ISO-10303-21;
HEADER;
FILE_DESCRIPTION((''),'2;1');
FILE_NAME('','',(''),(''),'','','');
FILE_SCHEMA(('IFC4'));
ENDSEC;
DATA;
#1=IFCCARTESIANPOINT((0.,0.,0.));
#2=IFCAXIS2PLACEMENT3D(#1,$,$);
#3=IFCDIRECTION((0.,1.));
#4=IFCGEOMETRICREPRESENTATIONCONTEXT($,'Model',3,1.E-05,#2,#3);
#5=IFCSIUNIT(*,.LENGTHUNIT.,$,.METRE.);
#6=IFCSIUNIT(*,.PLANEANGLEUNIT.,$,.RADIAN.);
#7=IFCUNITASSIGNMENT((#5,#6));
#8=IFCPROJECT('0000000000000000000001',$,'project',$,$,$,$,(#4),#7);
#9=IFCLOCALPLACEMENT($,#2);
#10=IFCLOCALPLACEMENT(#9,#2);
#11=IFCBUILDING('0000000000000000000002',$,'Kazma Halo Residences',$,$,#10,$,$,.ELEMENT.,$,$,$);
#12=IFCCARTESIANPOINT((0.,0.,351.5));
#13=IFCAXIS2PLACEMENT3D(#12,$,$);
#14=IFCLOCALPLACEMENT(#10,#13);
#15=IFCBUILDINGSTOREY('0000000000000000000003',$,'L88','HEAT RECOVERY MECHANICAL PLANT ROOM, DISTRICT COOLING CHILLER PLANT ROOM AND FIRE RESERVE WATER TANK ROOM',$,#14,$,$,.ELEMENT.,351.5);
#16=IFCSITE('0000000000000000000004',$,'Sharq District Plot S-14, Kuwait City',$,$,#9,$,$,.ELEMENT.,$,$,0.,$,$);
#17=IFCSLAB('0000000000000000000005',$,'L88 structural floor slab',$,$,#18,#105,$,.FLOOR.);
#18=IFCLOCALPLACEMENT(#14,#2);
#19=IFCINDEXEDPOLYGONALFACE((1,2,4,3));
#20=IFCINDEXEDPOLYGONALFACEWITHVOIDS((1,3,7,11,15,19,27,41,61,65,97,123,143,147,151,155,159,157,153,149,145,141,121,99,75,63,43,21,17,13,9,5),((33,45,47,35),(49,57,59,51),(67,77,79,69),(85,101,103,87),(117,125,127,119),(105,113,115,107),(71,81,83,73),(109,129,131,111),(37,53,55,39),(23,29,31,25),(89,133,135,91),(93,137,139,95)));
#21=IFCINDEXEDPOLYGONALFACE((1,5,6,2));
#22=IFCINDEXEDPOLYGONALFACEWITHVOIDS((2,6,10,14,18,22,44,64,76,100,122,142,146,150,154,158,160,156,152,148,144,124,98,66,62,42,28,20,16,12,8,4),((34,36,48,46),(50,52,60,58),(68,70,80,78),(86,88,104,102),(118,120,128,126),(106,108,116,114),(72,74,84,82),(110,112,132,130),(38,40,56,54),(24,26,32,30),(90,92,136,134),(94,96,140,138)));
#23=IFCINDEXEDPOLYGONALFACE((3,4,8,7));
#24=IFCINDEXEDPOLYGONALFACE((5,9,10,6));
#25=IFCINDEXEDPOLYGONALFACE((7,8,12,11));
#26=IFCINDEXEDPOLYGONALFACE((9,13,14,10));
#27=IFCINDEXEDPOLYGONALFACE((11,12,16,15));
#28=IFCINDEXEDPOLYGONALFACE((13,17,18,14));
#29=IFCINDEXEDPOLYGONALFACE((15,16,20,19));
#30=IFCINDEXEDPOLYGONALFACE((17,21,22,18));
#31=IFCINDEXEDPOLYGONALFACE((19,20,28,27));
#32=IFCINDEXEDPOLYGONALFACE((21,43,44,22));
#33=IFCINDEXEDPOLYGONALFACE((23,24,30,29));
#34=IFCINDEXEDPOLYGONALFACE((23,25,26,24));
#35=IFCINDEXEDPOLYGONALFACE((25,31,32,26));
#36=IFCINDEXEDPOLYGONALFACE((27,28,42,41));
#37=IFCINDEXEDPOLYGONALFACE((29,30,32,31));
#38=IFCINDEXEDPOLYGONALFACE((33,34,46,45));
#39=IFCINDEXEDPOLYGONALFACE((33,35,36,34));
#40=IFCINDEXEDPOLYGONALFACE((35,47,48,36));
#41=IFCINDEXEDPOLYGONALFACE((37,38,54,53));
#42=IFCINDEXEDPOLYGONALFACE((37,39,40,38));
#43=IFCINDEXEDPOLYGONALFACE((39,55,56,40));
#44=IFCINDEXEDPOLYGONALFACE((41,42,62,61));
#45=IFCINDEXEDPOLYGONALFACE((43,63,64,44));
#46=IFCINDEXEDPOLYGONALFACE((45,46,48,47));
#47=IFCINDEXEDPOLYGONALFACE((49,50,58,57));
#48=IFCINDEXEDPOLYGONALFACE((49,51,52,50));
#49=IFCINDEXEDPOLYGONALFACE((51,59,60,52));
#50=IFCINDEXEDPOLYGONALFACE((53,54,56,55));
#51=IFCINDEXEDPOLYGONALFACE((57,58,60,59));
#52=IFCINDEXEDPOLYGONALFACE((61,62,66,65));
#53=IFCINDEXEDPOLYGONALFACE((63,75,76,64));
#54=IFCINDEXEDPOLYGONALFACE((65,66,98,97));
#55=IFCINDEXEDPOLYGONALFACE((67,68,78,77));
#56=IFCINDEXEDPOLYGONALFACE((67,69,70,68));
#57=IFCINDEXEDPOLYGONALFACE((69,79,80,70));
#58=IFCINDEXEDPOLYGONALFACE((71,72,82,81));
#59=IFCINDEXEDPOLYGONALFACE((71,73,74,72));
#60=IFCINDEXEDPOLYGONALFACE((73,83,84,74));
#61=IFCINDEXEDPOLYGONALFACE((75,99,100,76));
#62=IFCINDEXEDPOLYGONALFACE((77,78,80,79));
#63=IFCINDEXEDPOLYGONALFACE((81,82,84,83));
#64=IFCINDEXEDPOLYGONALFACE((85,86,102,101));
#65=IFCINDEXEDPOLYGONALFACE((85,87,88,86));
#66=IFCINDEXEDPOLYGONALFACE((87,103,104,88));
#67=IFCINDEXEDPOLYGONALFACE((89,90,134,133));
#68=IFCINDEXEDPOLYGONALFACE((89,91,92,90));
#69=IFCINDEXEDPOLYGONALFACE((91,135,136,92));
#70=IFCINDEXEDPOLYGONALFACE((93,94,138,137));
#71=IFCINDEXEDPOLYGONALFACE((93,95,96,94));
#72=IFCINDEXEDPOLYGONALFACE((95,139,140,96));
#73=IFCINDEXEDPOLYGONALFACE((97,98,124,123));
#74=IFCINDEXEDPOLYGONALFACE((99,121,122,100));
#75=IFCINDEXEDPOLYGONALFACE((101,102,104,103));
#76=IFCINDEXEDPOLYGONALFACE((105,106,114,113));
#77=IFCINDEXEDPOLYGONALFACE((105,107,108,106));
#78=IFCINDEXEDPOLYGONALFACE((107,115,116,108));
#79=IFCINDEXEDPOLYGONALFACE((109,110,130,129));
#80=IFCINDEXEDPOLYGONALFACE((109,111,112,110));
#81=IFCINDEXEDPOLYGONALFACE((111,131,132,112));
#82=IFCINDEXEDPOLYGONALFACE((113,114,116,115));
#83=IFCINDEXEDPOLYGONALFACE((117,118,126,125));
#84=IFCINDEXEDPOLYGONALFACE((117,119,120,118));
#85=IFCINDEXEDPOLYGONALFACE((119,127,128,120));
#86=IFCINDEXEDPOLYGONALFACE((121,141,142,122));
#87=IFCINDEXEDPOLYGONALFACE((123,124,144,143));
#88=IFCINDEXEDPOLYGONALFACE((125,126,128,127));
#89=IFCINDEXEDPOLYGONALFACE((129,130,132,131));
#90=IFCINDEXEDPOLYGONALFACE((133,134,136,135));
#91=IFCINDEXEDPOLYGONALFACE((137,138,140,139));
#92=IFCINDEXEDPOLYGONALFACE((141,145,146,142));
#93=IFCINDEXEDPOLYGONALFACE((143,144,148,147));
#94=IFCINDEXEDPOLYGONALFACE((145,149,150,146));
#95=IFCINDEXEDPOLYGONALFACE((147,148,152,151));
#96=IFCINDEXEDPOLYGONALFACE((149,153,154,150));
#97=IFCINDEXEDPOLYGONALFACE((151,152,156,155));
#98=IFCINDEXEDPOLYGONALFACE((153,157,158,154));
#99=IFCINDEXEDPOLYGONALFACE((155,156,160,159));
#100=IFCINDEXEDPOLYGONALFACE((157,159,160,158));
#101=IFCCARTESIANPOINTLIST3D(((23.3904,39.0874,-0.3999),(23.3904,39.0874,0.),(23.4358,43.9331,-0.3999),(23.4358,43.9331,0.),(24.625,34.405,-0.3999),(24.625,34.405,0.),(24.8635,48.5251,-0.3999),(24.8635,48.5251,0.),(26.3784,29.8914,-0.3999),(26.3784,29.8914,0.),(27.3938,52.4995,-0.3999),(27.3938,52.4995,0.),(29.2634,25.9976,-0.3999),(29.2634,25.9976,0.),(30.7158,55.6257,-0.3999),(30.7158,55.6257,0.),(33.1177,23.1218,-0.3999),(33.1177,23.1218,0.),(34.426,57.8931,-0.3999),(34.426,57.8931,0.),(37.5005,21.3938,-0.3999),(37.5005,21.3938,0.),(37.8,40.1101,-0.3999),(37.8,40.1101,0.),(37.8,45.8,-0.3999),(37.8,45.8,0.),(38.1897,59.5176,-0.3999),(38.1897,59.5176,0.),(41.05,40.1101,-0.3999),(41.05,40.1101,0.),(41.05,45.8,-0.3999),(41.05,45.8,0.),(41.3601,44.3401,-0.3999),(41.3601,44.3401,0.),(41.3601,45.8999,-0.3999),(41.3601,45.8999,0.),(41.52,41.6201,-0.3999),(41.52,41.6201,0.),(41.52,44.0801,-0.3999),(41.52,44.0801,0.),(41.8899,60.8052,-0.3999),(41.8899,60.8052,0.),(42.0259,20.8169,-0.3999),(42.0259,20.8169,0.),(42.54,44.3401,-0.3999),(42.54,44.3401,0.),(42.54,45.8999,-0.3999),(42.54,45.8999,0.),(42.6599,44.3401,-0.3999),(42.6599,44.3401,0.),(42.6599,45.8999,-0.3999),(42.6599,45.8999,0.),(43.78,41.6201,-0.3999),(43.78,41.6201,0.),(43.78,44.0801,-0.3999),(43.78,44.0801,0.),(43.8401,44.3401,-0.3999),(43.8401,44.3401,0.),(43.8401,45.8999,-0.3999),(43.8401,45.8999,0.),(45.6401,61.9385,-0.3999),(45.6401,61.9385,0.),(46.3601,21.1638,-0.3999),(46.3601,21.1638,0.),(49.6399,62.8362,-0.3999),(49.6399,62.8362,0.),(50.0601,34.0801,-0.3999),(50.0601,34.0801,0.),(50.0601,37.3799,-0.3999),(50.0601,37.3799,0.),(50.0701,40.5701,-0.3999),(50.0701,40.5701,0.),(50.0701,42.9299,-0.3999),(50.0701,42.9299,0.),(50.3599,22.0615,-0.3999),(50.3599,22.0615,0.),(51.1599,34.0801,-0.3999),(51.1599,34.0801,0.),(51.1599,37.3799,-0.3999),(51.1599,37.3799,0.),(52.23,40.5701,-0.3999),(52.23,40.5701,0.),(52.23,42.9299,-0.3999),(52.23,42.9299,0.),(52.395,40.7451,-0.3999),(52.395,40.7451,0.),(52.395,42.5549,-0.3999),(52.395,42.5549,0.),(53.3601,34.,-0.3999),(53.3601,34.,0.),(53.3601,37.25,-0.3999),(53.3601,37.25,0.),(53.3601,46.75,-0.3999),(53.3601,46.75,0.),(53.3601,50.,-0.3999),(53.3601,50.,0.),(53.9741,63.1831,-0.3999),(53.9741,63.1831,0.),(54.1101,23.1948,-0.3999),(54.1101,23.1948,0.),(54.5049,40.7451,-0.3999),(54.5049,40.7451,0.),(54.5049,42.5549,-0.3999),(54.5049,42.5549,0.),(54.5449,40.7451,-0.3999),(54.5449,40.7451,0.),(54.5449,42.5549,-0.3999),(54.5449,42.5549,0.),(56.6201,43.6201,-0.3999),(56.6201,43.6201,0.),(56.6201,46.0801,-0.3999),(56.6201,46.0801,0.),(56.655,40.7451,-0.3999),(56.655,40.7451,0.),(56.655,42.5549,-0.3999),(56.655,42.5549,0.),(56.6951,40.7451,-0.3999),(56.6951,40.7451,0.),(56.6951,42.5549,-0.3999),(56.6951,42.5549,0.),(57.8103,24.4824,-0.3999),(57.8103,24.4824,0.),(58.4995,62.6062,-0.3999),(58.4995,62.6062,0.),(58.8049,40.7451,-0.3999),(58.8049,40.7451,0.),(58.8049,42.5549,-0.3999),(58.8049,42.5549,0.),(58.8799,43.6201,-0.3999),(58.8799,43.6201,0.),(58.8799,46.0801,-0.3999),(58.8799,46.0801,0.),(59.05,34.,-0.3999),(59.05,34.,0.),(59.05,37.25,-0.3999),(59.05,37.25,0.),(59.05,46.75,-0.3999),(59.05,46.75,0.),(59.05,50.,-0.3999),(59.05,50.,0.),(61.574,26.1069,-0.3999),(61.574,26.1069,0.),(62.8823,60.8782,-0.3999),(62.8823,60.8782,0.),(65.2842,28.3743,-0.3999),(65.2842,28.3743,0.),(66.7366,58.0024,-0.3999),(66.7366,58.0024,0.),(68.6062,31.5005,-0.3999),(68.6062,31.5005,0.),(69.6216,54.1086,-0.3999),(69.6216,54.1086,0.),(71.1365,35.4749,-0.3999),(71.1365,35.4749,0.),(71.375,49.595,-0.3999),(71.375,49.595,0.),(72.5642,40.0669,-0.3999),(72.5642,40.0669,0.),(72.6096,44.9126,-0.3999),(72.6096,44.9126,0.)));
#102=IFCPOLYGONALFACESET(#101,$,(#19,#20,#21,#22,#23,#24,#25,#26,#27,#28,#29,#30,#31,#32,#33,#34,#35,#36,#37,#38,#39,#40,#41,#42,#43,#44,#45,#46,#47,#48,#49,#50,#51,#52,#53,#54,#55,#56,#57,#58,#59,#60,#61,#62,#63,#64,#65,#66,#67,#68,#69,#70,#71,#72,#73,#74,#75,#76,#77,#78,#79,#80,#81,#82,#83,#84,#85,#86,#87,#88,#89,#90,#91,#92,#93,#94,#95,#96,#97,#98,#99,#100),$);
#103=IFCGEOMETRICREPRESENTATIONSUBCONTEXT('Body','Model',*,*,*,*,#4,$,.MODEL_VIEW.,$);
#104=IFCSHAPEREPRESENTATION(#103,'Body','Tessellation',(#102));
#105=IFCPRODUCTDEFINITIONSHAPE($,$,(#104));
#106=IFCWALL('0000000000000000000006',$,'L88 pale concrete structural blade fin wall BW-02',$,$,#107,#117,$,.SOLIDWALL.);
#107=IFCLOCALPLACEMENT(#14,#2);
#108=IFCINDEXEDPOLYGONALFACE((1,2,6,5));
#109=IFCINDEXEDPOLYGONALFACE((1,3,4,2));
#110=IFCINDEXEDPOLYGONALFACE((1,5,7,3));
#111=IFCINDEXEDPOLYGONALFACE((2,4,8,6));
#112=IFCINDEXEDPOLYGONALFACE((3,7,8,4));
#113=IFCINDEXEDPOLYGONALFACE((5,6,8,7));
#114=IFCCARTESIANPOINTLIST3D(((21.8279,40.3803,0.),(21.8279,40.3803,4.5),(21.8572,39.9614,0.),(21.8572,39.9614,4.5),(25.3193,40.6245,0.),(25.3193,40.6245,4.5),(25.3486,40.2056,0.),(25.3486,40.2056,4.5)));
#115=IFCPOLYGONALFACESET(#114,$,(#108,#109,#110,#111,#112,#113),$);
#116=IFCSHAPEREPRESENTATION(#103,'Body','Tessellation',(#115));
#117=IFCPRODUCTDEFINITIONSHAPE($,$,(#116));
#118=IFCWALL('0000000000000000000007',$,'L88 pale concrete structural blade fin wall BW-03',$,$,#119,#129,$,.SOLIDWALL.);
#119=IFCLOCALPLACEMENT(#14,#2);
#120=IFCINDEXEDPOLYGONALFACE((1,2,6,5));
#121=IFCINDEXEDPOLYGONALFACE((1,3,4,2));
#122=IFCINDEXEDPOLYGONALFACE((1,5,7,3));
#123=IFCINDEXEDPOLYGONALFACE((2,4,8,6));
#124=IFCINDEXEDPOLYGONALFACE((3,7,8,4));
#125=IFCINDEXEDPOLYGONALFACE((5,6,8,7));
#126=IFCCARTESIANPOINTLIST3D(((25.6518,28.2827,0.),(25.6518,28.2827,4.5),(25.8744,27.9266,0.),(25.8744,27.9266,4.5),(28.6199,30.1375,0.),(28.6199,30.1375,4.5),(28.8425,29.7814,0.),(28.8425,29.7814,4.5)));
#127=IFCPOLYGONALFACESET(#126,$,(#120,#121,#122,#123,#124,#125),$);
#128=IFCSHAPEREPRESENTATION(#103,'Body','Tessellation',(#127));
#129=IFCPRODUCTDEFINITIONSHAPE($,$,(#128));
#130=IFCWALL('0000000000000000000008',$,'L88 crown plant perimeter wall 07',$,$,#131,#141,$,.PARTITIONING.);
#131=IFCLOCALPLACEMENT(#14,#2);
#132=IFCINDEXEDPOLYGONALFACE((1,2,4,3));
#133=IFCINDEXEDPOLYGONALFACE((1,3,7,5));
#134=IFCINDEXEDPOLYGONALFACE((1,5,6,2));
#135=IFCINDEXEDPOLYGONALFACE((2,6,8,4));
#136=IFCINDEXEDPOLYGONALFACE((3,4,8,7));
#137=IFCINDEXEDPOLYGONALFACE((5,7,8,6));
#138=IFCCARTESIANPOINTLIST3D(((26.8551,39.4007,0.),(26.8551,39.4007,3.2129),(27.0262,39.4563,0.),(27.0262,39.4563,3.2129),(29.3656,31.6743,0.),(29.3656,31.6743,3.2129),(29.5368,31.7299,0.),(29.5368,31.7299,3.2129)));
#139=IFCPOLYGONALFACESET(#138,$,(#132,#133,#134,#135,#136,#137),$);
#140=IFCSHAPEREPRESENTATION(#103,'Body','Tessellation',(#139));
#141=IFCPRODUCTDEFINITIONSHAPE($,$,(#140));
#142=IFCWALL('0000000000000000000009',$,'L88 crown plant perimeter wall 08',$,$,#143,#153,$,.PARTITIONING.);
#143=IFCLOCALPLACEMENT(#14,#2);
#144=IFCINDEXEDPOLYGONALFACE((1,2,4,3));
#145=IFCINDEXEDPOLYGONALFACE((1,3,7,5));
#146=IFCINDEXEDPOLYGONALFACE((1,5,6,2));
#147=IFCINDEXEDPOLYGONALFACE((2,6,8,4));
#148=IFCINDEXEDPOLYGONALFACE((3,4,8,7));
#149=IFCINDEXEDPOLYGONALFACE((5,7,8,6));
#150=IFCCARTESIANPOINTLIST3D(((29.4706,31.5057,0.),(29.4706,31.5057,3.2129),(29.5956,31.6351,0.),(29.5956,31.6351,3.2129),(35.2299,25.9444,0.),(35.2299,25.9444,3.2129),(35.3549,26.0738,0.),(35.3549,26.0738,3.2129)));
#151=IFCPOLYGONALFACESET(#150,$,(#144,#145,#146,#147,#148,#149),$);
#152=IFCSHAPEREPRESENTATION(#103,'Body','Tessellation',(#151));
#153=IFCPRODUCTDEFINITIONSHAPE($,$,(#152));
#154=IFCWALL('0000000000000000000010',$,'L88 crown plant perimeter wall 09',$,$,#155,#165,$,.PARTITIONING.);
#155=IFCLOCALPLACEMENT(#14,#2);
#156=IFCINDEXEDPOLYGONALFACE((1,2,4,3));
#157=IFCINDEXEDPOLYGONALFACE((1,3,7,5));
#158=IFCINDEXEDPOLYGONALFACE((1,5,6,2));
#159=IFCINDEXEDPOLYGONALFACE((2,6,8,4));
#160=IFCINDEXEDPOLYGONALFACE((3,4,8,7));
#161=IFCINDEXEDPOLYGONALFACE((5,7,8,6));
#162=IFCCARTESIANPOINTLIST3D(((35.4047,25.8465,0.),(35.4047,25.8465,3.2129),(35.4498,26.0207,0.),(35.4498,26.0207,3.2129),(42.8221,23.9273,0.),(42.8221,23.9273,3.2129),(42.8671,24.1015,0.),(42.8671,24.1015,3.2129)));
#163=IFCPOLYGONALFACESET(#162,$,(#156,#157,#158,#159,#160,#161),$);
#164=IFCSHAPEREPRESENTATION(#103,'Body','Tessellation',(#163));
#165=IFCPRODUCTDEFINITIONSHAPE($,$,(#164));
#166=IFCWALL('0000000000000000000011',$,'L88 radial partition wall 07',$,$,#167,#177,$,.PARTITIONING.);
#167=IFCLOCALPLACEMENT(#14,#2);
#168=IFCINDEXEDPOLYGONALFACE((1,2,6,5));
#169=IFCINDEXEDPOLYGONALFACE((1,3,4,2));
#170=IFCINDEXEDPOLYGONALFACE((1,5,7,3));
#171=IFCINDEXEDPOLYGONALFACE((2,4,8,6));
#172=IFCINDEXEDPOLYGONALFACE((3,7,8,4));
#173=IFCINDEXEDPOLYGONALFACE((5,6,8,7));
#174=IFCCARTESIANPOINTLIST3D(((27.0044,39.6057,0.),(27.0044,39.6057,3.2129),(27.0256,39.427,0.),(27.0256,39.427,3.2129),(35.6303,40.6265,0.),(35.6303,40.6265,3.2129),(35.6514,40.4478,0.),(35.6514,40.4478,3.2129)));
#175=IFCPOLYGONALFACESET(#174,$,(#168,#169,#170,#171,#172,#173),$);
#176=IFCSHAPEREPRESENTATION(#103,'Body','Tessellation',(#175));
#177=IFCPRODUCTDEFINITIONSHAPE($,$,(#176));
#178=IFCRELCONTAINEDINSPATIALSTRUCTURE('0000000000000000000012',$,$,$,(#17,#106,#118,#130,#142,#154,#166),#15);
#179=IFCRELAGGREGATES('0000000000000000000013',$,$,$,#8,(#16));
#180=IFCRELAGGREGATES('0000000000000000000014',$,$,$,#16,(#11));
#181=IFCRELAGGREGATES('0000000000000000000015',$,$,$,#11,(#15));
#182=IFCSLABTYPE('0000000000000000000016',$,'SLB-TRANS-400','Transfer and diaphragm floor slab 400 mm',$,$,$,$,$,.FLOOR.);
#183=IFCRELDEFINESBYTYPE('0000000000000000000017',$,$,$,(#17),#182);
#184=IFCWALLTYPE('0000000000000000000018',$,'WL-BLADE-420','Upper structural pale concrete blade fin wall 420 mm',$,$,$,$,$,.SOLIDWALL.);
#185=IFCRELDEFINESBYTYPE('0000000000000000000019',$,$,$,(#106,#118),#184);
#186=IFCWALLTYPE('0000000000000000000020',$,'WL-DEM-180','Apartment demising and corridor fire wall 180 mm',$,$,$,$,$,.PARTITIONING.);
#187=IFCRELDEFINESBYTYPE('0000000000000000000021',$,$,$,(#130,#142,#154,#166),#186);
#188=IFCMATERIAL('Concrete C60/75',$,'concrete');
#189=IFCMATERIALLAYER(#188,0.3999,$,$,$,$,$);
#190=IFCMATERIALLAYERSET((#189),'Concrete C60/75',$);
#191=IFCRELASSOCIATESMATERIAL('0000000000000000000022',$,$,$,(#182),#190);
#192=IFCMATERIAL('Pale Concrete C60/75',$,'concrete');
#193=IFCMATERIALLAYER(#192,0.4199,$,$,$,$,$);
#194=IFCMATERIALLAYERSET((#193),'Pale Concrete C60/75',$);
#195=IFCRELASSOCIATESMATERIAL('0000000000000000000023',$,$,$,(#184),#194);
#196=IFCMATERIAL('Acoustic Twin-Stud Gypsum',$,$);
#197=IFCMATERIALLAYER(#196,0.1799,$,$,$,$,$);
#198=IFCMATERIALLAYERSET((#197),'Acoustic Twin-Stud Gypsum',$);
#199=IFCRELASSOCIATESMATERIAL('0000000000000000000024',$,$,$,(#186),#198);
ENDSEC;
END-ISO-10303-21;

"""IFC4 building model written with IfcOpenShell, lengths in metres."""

from ifc_helpers import new_model, si_unit, direction, frame, frame_2d, origin, place, context, subcontext, project, spatial, polyline, rectangle, outline, extrude, material, layer, layer_set, type_object, element, save


model = new_model("IFC4")

# Units and contexts
model_context = context("Model", 3, precision=1e-05, world=origin(), true_north=direction((0.0, 1.0)))
body_context = subcontext(model_context, "Body", "Model", "MODEL_VIEW")
ifc_project = project(units=[si_unit("LENGTHUNIT", "METRE"), si_unit("PLANEANGLEUNIT", "RADIAN")], contexts=[model_context])

# Site, building, storey
site_placement = place(None, origin())
site = spatial("IfcSite", under=ifc_project, at=site_placement, Name="Sharq District Plot S-14, Kuwait City", CompositionType="ELEMENT", RefElevation=0.0)
building_placement = place(site_placement, origin())
building = spatial("IfcBuilding", under=site, at=building_placement, Name="Kazma Halo Residences", CompositionType="ELEMENT")
storey_placement = place(building_placement, frame((0.0, 0.0, 351.5)))
storey = spatial("IfcBuildingStorey", under=building, at=storey_placement, Name="L88", Description="HEAT RECOVERY MECHANICAL PLANT ROOM, DISTRICT COOLING CHILLER PLANT ROOM AND FIRE RESERVE WATER TANK ROOM", CompositionType="ELEMENT", Elevation=351.5)

# Slab
ifc_material_1 = material(Name="Concrete C60/75", Category="concrete")
ifc_layer_1 = layer(ifc_material_1, 0.3999)
ifc_layer_set_1 = layer_set([ifc_layer_1], Name="Concrete C60/75")
slab_type_1 = type_object("IfcSlabType", Name="SLB-TRANS-400", Description="Transfer and diaphragm floor slab 400 mm", PredefinedType="FLOOR", material=ifc_layer_set_1)
slab_1_placement = place(storey_placement, frame((0.0, 0.0, -0.3999)))
element("IfcSlab", 1, at=slab_1_placement, inside=storey, type_object=slab_type_1, Name="L88 structural floor slab", PredefinedType="FLOOR", context=body_context, shape_type="SweptSolid", body=[
    extrude(outline(polyline([(71.375, 49.595), (69.6216, 54.1086), (66.7366, 58.0024), (62.8823, 60.8782), (58.4995, 62.6062), (53.9741, 63.1831), (49.6399, 62.8362), (45.6401, 61.9385), (41.8899, 60.8052), (38.1897, 59.5176), (34.426, 57.8931), (30.7158, 55.6257), (27.3938, 52.4995), (24.8635, 48.5251), (23.4358, 43.9331), (23.3904, 39.0874), (24.625, 34.405), (26.3784, 29.8914), (29.2634, 25.9976), (33.1177, 23.1218), (37.5005, 21.3938), (42.0259, 20.8169), (46.3601, 21.1638), (50.3599, 22.0615), (54.1101, 23.1948), (57.8103, 24.4824), (61.574, 26.1069), (65.2842, 28.3743), (68.6062, 31.5005), (71.1365, 35.4749), (72.5642, 40.0669), (72.6096, 44.9126), (71.375, 49.595)]), holes=[polyline([(37.8, 40.1101), (41.05, 40.1101), (41.05, 45.8), (37.8, 45.8), (37.8, 40.1101)]), polyline([(53.3601, 46.75), (59.05, 46.75), (59.05, 50.0), (53.3601, 50.0), (53.3601, 46.75)]), polyline([(53.3601, 34.0), (59.05, 34.0), (59.05, 37.25), (53.3601, 37.25), (53.3601, 34.0)]), polyline([(41.52, 41.6201), (43.78, 41.6201), (43.78, 44.0801), (41.52, 44.0801), (41.52, 41.6201)]), polyline([(56.6201, 43.6201), (58.8799, 43.6201), (58.8799, 46.0801), (56.6201, 46.0801), (56.6201, 43.6201)]), polyline([(52.395, 40.7451), (54.5049, 40.7451), (54.5049, 42.5549), (52.395, 42.5549), (52.395, 40.7451)]), polyline([(54.5449, 40.7451), (56.655, 40.7451), (56.655, 42.5549), (54.5449, 42.5549), (54.5449, 40.7451)]), polyline([(56.6951, 40.7451), (58.8049, 40.7451), (58.8049, 42.5549), (56.6951, 42.5549), (56.6951, 40.7451)]), polyline([(50.0701, 40.5701), (52.23, 40.5701), (52.23, 42.9299), (50.0701, 42.9299), (50.0701, 40.5701)]), polyline([(41.3601, 44.3401), (42.54, 44.3401), (42.54, 45.8999), (41.3601, 45.8999), (41.3601, 44.3401)]), polyline([(42.6599, 44.3401), (43.8401, 44.3401), (43.8401, 45.8999), (42.6599, 45.8999), (42.6599, 44.3401)]), polyline([(50.0601, 34.0801), (51.1599, 34.0801), (51.1599, 37.3799), (50.0601, 37.3799), (50.0601, 34.0801)])]), origin(), (0.0, 0.0, 1.0), 0.3999),
])

# Walls
ifc_material_2 = material(Name="Pale Concrete C60/75", Category="concrete")
ifc_layer_2 = layer(ifc_material_2, 0.4199)
ifc_layer_set_2 = layer_set([ifc_layer_2], Name="Pale Concrete C60/75")
wall_type_1 = type_object("IfcWallType", Name="WL-BLADE-420", Description="Upper structural pale concrete blade fin wall 420 mm", PredefinedType="SOLIDWALL", material=ifc_layer_set_2)
for number, where, z_axis, x_axis, name in (
    (2, (25.334, 40.415, 0.0), (0.0, 0.0, 1.0), (-0.997564, -0.069755, 0.0), "L88 pale concrete structural blade fin wall BW-02"),
    (3, (28.7312, 29.9595, 0.0), (0.0, 0.0, 1.0), (-0.848034, -0.529943, 0.0), "L88 pale concrete structural blade fin wall BW-03"),
):
    element("IfcWall", number, at=place(storey_placement, frame(where, z_axis=z_axis, x_axis=x_axis)), inside=storey, type_object=wall_type_1, Name=name, PredefinedType="SOLIDWALL", context=body_context, shape_type="SweptSolid", body=[
        extrude(rectangle(XDim=3.5, YDim=0.4199, at=frame_2d((1.75, 0.0))), origin(), (0.0, 0.0, 1.0), 4.5),
    ])
ifc_material_3 = material(Name="Acoustic Twin-Stud Gypsum")
ifc_layer_3 = layer(ifc_material_3, 0.1799)
ifc_layer_set_3 = layer_set([ifc_layer_3], Name="Acoustic Twin-Stud Gypsum")
wall_type_2 = type_object("IfcWallType", Name="WL-DEM-180", Description="Apartment demising and corridor fire wall 180 mm", PredefinedType="PARTITIONING", material=ifc_layer_set_3)
wall_1_placement = place(storey_placement, frame((26.9407, 39.4285, 0.0), z_axis=(0.0, 0.0, 1.0), x_axis=(0.309024, -0.951054, 0.0)))
element("IfcWall", 4, at=wall_1_placement, inside=storey, type_object=wall_type_2, Name="L88 crown plant perimeter wall 07", PredefinedType="PARTITIONING", context=body_context, shape_type="SweptSolid", body=[
    extrude(rectangle(XDim=8.124, YDim=0.1799, at=frame_2d((4.062, 0.0))), origin(), (0.0, 0.0, 1.0), 3.2129),
])
wall_2_placement = place(storey_placement, frame((29.5332, 31.5703, 0.0), z_axis=(0.0, 0.0, 1.0), x_axis=(0.719364, -0.694633, 0.0)))
element("IfcWall", 5, at=wall_2_placement, inside=storey, type_object=wall_type_2, Name="L88 crown plant perimeter wall 08", PredefinedType="PARTITIONING", context=body_context, shape_type="SweptSolid", body=[
    extrude(rectangle(XDim=8.0061, YDim=0.1799, at=frame_2d((4.0029, 0.0))), origin(), (0.0, 0.0, 1.0), 3.2129),
])
wall_3_placement = place(storey_placement, frame((35.4272, 25.9336, 0.0), z_axis=(0.0, 0.0, 1.0), x_axis=(0.968117, -0.250498, 0.0)))
element("IfcWall", 6, at=wall_3_placement, inside=storey, type_object=wall_type_2, Name="L88 crown plant perimeter wall 09", PredefinedType="PARTITIONING", context=body_context, shape_type="SweptSolid", body=[
    extrude(rectangle(XDim=7.6616, YDim=0.1799, at=frame_2d((3.8308, 0.0))), origin(), (0.0, 0.0, 1.0), 3.2129),
])
wall_4_placement = place(storey_placement, frame((35.6409, 40.5371, 0.0), z_axis=(0.0, 0.0, 1.0), x_axis=(-0.993071, -0.117518, 0.0)))
element("IfcWall", 7, at=wall_4_placement, inside=storey, type_object=wall_type_2, Name="L88 radial partition wall 07", PredefinedType="PARTITIONING", context=body_context, shape_type="SweptSolid", body=[
    extrude(rectangle(XDim=8.686, YDim=0.1799, at=frame_2d((4.343, 0.0))), origin(), (0.0, 0.0, 1.0), 3.2129),
])

save(model, "model.ifc")
